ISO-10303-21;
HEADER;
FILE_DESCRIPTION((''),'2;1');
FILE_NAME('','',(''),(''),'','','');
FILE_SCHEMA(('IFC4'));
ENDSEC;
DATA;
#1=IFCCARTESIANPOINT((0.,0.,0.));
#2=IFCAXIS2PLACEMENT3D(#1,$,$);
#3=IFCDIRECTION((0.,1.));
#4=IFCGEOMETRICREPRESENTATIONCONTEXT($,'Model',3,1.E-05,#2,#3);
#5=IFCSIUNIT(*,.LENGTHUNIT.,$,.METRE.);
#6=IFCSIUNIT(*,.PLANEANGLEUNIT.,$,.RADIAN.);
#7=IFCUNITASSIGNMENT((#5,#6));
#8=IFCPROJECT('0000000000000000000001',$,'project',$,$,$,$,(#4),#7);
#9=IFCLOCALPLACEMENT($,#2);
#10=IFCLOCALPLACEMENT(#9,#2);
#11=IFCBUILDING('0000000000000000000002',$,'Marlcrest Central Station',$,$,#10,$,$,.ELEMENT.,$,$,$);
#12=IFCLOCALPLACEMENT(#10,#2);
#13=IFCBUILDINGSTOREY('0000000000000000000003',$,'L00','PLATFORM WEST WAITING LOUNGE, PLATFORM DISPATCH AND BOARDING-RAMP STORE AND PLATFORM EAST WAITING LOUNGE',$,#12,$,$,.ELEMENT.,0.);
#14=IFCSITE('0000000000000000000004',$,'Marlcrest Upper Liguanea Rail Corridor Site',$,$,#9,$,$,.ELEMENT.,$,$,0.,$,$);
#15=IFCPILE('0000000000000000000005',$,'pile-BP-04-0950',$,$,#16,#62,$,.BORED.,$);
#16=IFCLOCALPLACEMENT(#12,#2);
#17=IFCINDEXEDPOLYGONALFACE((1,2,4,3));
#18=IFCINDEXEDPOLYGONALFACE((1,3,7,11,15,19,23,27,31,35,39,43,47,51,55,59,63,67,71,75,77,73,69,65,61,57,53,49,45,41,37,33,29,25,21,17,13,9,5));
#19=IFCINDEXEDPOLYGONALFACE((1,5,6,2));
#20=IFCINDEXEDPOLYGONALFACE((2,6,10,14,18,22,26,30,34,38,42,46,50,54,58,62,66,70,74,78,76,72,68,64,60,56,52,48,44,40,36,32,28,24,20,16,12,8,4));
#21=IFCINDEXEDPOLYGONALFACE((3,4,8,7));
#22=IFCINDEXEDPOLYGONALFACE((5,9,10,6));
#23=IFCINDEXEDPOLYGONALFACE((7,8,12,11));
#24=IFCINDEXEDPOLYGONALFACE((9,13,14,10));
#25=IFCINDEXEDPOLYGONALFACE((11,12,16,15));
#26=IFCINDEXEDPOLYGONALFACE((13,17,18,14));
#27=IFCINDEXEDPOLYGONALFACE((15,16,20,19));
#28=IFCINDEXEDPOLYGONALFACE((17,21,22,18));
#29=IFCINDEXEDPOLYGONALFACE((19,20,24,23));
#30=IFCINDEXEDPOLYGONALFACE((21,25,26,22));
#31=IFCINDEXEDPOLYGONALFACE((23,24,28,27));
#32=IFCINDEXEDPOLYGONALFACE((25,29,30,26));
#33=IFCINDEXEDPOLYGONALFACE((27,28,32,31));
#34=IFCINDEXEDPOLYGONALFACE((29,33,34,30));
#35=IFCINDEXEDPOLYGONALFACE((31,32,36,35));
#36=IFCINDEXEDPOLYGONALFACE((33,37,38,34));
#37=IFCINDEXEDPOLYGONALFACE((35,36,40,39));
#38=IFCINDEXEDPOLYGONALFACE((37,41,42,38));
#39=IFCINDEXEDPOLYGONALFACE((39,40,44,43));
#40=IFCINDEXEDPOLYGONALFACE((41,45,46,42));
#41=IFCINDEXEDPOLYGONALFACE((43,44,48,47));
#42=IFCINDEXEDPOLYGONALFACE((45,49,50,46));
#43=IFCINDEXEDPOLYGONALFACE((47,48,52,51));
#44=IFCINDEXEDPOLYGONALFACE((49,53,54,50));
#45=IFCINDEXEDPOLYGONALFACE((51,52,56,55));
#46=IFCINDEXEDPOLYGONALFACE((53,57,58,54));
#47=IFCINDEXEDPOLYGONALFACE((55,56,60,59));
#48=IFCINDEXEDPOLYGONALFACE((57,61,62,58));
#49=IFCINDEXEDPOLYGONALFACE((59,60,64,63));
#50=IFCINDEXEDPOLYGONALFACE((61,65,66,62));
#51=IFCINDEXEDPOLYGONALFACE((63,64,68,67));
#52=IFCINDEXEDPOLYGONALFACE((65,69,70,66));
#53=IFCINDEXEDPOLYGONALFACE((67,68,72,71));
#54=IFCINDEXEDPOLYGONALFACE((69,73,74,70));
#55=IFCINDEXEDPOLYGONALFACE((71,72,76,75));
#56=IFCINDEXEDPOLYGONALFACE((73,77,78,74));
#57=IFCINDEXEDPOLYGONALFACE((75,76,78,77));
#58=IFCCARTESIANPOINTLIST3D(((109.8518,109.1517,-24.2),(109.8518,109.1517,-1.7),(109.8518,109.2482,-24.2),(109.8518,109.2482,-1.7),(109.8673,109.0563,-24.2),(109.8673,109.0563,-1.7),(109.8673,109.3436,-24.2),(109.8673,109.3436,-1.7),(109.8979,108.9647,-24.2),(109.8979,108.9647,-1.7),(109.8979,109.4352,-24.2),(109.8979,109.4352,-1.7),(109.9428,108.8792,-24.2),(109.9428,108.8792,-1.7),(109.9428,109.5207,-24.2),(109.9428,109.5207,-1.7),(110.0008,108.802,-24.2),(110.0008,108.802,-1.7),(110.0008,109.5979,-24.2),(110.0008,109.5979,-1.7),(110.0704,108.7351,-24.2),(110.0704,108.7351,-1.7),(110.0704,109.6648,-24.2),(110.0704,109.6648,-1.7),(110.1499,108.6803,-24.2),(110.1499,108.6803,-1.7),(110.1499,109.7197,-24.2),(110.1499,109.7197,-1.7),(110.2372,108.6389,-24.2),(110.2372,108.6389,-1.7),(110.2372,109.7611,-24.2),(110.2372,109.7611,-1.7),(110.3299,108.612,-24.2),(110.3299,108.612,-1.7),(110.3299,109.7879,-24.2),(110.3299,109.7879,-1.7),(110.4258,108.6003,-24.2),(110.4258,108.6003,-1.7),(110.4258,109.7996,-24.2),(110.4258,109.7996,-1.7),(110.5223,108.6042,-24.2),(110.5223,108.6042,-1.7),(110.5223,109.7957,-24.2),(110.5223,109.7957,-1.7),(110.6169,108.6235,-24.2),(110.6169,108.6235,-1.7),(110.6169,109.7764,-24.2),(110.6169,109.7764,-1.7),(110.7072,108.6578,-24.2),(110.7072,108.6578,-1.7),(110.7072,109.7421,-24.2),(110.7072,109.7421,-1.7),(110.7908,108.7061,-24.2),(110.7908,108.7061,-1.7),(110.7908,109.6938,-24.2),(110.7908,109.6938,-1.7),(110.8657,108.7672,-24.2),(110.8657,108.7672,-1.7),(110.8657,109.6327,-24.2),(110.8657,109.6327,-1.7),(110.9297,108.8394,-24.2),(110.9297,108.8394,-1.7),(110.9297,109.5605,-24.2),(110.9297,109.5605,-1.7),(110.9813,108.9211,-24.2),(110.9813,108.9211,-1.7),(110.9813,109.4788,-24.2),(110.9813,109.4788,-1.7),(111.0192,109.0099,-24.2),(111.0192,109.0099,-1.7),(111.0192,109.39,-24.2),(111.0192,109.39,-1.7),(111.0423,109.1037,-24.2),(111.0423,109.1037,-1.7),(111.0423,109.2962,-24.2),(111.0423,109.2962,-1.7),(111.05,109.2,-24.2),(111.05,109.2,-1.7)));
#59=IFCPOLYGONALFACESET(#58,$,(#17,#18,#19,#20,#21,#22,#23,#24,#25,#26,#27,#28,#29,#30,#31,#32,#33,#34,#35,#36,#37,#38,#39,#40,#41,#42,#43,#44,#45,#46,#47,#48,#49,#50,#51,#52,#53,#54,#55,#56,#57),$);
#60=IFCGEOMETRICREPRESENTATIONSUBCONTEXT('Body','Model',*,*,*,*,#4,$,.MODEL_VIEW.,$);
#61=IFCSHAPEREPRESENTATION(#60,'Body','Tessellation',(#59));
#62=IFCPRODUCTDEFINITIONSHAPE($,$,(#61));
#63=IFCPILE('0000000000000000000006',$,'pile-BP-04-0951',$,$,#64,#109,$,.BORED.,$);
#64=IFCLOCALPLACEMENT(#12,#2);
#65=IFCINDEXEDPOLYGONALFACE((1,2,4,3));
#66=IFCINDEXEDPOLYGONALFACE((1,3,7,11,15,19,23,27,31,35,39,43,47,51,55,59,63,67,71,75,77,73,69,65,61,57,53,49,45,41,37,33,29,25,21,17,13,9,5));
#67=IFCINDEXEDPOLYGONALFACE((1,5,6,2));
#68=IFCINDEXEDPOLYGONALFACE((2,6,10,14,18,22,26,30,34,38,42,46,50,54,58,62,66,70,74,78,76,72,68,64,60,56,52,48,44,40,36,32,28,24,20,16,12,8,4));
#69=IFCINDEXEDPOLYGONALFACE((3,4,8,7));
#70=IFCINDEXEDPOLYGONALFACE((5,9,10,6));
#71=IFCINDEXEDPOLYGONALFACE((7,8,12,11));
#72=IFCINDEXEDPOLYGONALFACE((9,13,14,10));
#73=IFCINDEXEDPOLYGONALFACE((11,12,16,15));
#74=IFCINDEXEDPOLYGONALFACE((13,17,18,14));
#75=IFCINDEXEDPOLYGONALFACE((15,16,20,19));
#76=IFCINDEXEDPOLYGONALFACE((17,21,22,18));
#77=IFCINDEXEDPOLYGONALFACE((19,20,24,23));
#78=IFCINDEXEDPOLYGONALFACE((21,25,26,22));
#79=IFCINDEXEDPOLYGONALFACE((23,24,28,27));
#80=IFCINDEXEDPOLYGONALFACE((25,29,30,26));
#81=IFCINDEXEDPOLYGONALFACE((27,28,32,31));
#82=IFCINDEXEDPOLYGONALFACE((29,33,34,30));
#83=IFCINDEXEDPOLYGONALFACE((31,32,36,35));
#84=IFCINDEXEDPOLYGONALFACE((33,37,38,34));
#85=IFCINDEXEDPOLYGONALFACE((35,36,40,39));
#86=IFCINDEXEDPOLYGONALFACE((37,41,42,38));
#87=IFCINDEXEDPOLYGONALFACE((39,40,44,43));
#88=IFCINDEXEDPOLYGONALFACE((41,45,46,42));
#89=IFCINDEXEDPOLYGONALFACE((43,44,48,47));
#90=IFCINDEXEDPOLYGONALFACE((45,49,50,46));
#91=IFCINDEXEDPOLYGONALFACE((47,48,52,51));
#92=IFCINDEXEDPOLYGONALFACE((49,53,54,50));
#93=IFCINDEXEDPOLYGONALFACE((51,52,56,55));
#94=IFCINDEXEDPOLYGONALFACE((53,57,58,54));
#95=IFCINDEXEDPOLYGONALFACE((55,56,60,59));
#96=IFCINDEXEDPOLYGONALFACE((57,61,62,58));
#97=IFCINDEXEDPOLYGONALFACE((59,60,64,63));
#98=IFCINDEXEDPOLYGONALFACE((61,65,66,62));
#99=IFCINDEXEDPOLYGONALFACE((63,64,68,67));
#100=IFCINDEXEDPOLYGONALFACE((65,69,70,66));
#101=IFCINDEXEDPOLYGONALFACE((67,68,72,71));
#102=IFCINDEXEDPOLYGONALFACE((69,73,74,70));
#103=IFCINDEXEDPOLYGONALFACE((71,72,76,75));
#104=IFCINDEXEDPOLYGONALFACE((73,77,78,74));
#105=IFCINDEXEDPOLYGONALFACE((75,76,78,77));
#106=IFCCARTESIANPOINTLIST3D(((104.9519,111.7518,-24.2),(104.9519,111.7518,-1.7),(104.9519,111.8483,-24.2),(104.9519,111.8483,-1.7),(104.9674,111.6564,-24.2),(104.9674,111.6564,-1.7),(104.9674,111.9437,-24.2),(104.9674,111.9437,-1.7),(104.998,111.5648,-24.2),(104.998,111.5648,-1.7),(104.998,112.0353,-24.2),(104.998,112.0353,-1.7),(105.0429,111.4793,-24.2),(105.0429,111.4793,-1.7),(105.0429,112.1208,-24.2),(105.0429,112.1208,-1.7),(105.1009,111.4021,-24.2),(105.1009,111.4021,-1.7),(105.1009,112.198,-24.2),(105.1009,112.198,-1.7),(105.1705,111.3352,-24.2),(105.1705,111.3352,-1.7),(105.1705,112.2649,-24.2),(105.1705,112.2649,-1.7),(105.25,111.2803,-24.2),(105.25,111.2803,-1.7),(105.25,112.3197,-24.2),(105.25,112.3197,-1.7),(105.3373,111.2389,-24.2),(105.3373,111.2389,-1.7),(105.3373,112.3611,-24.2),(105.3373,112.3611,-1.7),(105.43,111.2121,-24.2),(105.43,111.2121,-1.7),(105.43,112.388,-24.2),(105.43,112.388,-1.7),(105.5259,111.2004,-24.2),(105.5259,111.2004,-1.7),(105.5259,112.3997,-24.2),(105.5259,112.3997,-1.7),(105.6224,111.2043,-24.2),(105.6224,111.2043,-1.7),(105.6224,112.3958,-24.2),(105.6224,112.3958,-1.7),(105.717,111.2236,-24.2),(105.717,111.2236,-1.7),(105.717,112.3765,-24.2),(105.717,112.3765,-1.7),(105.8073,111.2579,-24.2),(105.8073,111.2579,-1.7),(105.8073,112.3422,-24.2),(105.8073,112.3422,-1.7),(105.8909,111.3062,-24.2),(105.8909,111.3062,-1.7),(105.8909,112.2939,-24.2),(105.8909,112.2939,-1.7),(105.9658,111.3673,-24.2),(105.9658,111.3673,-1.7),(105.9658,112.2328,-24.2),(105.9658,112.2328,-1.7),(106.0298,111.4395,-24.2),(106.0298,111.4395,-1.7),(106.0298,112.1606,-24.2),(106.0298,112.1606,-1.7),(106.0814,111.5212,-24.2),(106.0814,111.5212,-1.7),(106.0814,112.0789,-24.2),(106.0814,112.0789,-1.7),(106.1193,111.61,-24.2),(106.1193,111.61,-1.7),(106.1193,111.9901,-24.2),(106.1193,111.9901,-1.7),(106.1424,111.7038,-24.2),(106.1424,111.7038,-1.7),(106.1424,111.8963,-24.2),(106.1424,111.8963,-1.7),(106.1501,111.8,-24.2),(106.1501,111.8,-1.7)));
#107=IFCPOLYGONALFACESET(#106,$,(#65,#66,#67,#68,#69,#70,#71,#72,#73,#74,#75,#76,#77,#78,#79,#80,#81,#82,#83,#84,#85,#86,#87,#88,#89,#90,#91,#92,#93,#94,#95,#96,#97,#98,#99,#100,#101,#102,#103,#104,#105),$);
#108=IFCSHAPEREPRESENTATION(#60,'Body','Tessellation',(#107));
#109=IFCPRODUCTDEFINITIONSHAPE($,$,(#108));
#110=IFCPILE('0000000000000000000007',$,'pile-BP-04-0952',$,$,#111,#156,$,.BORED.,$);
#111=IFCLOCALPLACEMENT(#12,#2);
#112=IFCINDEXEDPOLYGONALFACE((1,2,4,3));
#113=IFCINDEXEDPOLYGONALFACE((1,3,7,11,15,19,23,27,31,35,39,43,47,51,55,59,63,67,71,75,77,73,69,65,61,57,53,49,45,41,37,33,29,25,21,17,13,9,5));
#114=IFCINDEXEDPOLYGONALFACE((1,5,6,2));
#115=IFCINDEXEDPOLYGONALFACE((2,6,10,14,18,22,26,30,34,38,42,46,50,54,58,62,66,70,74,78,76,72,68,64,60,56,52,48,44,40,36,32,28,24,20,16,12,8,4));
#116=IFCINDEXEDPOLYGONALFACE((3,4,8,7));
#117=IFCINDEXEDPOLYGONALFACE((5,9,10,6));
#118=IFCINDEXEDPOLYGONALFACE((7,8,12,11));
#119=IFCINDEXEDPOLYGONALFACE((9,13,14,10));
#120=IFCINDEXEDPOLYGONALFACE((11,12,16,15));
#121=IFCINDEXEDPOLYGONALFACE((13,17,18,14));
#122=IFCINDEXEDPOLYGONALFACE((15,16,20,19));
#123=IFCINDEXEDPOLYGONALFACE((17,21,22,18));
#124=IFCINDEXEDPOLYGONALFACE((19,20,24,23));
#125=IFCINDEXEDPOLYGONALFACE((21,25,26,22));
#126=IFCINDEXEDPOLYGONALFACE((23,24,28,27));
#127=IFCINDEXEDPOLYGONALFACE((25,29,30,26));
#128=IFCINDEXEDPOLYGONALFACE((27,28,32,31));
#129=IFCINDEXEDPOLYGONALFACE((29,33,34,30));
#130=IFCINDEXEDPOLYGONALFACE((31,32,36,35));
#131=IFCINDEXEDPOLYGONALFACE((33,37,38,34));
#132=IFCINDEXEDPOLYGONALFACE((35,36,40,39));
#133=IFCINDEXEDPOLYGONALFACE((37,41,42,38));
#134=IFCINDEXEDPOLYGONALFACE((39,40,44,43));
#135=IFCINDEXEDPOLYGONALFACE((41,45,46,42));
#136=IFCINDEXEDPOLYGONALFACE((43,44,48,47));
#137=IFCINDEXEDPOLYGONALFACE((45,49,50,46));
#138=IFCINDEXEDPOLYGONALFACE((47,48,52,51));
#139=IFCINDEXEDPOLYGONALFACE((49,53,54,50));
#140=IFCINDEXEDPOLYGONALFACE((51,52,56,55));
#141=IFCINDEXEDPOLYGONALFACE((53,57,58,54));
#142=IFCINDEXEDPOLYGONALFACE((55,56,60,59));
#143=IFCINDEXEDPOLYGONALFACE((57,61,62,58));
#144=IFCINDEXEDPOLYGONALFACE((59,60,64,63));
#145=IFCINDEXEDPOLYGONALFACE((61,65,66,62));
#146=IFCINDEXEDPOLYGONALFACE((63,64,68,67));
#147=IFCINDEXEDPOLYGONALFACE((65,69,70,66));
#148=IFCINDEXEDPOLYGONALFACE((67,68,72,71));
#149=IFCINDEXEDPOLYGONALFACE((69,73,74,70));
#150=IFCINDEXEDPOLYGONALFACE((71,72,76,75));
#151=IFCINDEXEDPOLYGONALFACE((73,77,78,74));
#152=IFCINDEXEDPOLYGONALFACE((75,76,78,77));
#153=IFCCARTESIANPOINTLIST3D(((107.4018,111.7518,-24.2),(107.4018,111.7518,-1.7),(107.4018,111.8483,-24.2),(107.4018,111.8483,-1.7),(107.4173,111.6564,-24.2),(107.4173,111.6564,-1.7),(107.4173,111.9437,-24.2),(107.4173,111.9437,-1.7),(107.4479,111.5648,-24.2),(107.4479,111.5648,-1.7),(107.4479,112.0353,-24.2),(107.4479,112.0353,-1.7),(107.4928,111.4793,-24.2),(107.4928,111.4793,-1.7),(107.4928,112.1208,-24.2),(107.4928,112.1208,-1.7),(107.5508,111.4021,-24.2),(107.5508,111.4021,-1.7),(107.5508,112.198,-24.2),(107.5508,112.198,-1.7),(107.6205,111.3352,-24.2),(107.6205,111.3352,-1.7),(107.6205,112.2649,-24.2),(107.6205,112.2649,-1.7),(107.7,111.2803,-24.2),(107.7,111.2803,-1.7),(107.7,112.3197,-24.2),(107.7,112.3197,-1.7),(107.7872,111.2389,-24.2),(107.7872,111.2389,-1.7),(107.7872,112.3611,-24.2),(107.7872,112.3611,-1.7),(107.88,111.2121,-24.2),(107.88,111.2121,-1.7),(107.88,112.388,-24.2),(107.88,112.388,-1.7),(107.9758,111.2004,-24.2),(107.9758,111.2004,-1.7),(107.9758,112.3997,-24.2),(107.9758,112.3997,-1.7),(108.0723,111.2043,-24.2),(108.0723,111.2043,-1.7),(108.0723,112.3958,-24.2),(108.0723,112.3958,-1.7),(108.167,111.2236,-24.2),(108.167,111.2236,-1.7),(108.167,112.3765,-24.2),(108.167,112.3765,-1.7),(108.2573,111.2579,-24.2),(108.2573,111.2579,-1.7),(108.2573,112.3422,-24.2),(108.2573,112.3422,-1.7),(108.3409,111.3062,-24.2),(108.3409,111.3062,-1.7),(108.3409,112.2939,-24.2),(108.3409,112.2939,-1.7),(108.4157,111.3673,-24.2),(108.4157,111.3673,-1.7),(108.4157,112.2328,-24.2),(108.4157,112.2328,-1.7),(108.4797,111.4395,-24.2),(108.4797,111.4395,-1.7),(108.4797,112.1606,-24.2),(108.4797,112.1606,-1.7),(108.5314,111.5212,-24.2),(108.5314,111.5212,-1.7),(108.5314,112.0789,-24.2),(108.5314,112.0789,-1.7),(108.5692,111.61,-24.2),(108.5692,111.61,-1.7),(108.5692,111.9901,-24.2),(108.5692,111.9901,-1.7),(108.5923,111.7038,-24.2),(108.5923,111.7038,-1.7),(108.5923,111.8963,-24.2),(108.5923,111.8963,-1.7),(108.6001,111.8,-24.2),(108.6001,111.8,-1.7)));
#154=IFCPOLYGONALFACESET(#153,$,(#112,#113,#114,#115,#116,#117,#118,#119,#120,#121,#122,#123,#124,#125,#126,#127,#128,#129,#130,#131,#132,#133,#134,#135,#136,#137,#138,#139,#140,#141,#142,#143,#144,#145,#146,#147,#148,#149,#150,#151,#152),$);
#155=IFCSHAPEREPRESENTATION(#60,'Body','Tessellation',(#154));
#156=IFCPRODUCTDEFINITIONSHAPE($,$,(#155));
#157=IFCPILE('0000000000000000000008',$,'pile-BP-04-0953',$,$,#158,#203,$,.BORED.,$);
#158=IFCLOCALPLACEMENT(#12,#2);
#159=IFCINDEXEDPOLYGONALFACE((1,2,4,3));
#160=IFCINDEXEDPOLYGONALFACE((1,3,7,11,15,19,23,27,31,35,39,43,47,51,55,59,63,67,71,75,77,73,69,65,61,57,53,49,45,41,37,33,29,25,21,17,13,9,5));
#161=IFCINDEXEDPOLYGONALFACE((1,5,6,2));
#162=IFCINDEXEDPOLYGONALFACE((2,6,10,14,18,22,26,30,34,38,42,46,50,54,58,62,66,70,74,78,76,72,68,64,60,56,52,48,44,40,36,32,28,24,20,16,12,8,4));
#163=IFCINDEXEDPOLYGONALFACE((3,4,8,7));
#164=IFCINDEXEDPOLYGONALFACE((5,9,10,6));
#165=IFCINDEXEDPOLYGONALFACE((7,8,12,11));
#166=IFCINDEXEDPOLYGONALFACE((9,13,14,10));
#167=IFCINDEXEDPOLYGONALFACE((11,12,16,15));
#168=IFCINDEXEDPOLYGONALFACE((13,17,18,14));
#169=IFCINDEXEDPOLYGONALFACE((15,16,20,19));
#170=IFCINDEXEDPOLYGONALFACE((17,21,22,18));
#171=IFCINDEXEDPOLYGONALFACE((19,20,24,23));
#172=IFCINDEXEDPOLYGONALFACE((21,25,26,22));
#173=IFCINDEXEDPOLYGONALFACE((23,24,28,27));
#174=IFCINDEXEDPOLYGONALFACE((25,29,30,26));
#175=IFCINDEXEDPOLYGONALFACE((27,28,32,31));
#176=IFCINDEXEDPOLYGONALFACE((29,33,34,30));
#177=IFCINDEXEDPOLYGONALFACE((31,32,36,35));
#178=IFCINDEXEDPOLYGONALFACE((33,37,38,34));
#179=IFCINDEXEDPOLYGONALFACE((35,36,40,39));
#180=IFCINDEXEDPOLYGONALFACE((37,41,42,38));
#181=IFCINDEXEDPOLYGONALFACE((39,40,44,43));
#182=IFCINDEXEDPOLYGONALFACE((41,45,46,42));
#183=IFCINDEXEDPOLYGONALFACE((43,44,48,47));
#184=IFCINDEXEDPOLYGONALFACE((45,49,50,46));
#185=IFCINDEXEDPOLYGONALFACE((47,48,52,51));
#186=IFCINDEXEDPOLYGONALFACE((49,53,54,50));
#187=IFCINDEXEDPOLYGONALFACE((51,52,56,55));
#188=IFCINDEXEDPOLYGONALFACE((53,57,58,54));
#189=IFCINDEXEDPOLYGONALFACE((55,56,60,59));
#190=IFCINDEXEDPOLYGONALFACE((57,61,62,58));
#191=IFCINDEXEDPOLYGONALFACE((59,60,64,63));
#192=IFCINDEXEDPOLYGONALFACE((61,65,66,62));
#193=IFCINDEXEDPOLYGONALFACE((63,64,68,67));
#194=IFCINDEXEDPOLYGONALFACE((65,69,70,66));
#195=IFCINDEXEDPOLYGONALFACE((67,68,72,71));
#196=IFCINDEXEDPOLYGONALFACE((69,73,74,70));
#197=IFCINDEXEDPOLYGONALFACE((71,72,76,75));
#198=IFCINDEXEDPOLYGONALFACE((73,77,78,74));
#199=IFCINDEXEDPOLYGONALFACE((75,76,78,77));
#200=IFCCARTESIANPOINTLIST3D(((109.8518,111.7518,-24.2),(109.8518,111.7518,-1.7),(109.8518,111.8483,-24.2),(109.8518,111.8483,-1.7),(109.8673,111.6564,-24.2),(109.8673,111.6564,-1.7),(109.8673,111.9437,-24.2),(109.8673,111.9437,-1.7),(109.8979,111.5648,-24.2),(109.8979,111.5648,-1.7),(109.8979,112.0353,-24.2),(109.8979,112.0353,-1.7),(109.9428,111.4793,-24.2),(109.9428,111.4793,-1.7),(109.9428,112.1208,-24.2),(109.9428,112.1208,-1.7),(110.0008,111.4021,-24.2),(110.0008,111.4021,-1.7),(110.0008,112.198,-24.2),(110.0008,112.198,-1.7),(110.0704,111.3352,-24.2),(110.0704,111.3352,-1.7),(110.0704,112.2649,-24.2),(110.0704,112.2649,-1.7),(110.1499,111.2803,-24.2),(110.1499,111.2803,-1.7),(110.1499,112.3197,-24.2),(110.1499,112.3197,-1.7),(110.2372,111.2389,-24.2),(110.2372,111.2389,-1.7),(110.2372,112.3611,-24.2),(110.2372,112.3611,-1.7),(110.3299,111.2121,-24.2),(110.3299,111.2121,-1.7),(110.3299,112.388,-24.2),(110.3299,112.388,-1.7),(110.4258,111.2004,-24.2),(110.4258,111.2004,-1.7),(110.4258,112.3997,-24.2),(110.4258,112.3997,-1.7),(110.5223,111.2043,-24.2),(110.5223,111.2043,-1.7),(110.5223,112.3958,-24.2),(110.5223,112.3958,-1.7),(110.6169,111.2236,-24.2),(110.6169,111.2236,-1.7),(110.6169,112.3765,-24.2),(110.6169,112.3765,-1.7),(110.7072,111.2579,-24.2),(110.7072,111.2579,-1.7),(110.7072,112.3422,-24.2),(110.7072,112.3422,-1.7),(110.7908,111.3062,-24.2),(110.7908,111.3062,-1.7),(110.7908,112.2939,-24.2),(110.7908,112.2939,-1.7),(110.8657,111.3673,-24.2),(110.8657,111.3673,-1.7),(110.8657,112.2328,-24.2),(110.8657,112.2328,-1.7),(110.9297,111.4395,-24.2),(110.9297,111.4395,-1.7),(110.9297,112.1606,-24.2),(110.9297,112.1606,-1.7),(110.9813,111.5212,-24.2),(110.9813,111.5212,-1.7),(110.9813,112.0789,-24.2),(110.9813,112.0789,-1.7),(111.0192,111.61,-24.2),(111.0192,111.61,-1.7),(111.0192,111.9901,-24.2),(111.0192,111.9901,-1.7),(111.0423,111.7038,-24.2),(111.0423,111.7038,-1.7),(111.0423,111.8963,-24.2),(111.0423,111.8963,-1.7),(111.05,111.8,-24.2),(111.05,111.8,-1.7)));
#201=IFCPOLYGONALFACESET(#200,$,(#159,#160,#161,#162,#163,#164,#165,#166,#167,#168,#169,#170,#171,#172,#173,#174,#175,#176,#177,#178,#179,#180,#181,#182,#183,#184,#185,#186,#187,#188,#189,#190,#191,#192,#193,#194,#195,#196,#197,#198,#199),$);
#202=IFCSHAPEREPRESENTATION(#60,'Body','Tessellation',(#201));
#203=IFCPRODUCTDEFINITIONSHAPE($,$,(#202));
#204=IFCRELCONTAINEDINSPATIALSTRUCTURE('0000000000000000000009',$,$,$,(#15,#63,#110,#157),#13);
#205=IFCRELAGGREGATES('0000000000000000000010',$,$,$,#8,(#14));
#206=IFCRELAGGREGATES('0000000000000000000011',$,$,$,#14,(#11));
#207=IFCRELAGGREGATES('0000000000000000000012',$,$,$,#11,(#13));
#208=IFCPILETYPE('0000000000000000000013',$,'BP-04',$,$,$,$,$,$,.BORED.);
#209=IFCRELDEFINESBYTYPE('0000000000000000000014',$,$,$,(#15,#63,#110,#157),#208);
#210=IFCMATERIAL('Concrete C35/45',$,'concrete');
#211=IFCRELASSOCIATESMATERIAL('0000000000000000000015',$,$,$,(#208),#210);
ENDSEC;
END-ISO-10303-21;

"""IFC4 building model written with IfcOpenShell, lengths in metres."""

from ifc_helpers import new_model, si_unit, direction, frame, origin, origin_2d, place, context, subcontext, project, spatial, circle, extrude, material, material_profile, profile_set, type_object, element, save


model = new_model("IFC4")

# Units and contexts
model_context = context("Model", 3, precision=1e-05, world=origin(), true_north=direction((0.0, 1.0)))
body_context = subcontext(model_context, "Body", "Model", "MODEL_VIEW")
ifc_project = project(units=[si_unit("LENGTHUNIT", "METRE"), si_unit("PLANEANGLEUNIT", "RADIAN")], contexts=[model_context])

# Site, building, storey
site_placement = place(None, origin())
site = spatial("IfcSite", under=ifc_project, at=site_placement, Name="Marlcrest Upper Liguanea Rail Corridor Site", CompositionType="ELEMENT", RefElevation=0.0)
building_placement = place(site_placement, origin())
building = spatial("IfcBuilding", under=site, at=building_placement, Name="Marlcrest Central Station", CompositionType="ELEMENT")
storey_placement = place(building_placement, origin())
storey = spatial("IfcBuildingStorey", under=building, at=storey_placement, Name="L00", Description="PLATFORM WEST WAITING LOUNGE, PLATFORM DISPATCH AND BOARDING-RAMP STORE AND PLATFORM EAST WAITING LOUNGE", CompositionType="ELEMENT", Elevation=0.0)

# Piles
ifc_material_1 = material(Name="Concrete C35/45", Category="concrete")
ifc_material_profile_1 = material_profile(ifc_material_1, circle(Radius=0.6001, at=origin_2d()), Name="PILE D1200")
ifc_profile_set_1 = profile_set([ifc_material_profile_1], Name="Concrete C35/45")
pile_type = type_object("IfcPileType", Name="BP-04", PredefinedType="BORED", material=ifc_profile_set_1)
for number, where, z_axis, x_axis, name in (
    (1, (110.45, 109.2, -1.7), (0.0, 0.0, -1.0), (1.0, 0.0, 0.0), "pile-BP-04-0950"),
    (2, (105.55, 111.8, -1.7), (0.0, 0.0, -1.0), (1.0, 0.0, 0.0), "pile-BP-04-0951"),
    (3, (108.0, 111.8, -1.7), (0.0, 0.0, -1.0), (1.0, 0.0, 0.0), "pile-BP-04-0952"),
    (4, (110.45, 111.8, -1.7), (0.0, 0.0, -1.0), (1.0, 0.0, 0.0), "pile-BP-04-0953"),
):
    element("IfcPile", number, at=place(storey_placement, frame(where, z_axis=z_axis, x_axis=x_axis)), inside=storey, type_object=pile_type, Name=name, PredefinedType="BORED", context=body_context, shape_type="SweptSolid", body=[
        extrude(circle(Radius=0.6001, at=origin_2d()), origin(), (0.0, 0.0, 1.0), 22.5),
    ])

save(model, "model.ifc")
